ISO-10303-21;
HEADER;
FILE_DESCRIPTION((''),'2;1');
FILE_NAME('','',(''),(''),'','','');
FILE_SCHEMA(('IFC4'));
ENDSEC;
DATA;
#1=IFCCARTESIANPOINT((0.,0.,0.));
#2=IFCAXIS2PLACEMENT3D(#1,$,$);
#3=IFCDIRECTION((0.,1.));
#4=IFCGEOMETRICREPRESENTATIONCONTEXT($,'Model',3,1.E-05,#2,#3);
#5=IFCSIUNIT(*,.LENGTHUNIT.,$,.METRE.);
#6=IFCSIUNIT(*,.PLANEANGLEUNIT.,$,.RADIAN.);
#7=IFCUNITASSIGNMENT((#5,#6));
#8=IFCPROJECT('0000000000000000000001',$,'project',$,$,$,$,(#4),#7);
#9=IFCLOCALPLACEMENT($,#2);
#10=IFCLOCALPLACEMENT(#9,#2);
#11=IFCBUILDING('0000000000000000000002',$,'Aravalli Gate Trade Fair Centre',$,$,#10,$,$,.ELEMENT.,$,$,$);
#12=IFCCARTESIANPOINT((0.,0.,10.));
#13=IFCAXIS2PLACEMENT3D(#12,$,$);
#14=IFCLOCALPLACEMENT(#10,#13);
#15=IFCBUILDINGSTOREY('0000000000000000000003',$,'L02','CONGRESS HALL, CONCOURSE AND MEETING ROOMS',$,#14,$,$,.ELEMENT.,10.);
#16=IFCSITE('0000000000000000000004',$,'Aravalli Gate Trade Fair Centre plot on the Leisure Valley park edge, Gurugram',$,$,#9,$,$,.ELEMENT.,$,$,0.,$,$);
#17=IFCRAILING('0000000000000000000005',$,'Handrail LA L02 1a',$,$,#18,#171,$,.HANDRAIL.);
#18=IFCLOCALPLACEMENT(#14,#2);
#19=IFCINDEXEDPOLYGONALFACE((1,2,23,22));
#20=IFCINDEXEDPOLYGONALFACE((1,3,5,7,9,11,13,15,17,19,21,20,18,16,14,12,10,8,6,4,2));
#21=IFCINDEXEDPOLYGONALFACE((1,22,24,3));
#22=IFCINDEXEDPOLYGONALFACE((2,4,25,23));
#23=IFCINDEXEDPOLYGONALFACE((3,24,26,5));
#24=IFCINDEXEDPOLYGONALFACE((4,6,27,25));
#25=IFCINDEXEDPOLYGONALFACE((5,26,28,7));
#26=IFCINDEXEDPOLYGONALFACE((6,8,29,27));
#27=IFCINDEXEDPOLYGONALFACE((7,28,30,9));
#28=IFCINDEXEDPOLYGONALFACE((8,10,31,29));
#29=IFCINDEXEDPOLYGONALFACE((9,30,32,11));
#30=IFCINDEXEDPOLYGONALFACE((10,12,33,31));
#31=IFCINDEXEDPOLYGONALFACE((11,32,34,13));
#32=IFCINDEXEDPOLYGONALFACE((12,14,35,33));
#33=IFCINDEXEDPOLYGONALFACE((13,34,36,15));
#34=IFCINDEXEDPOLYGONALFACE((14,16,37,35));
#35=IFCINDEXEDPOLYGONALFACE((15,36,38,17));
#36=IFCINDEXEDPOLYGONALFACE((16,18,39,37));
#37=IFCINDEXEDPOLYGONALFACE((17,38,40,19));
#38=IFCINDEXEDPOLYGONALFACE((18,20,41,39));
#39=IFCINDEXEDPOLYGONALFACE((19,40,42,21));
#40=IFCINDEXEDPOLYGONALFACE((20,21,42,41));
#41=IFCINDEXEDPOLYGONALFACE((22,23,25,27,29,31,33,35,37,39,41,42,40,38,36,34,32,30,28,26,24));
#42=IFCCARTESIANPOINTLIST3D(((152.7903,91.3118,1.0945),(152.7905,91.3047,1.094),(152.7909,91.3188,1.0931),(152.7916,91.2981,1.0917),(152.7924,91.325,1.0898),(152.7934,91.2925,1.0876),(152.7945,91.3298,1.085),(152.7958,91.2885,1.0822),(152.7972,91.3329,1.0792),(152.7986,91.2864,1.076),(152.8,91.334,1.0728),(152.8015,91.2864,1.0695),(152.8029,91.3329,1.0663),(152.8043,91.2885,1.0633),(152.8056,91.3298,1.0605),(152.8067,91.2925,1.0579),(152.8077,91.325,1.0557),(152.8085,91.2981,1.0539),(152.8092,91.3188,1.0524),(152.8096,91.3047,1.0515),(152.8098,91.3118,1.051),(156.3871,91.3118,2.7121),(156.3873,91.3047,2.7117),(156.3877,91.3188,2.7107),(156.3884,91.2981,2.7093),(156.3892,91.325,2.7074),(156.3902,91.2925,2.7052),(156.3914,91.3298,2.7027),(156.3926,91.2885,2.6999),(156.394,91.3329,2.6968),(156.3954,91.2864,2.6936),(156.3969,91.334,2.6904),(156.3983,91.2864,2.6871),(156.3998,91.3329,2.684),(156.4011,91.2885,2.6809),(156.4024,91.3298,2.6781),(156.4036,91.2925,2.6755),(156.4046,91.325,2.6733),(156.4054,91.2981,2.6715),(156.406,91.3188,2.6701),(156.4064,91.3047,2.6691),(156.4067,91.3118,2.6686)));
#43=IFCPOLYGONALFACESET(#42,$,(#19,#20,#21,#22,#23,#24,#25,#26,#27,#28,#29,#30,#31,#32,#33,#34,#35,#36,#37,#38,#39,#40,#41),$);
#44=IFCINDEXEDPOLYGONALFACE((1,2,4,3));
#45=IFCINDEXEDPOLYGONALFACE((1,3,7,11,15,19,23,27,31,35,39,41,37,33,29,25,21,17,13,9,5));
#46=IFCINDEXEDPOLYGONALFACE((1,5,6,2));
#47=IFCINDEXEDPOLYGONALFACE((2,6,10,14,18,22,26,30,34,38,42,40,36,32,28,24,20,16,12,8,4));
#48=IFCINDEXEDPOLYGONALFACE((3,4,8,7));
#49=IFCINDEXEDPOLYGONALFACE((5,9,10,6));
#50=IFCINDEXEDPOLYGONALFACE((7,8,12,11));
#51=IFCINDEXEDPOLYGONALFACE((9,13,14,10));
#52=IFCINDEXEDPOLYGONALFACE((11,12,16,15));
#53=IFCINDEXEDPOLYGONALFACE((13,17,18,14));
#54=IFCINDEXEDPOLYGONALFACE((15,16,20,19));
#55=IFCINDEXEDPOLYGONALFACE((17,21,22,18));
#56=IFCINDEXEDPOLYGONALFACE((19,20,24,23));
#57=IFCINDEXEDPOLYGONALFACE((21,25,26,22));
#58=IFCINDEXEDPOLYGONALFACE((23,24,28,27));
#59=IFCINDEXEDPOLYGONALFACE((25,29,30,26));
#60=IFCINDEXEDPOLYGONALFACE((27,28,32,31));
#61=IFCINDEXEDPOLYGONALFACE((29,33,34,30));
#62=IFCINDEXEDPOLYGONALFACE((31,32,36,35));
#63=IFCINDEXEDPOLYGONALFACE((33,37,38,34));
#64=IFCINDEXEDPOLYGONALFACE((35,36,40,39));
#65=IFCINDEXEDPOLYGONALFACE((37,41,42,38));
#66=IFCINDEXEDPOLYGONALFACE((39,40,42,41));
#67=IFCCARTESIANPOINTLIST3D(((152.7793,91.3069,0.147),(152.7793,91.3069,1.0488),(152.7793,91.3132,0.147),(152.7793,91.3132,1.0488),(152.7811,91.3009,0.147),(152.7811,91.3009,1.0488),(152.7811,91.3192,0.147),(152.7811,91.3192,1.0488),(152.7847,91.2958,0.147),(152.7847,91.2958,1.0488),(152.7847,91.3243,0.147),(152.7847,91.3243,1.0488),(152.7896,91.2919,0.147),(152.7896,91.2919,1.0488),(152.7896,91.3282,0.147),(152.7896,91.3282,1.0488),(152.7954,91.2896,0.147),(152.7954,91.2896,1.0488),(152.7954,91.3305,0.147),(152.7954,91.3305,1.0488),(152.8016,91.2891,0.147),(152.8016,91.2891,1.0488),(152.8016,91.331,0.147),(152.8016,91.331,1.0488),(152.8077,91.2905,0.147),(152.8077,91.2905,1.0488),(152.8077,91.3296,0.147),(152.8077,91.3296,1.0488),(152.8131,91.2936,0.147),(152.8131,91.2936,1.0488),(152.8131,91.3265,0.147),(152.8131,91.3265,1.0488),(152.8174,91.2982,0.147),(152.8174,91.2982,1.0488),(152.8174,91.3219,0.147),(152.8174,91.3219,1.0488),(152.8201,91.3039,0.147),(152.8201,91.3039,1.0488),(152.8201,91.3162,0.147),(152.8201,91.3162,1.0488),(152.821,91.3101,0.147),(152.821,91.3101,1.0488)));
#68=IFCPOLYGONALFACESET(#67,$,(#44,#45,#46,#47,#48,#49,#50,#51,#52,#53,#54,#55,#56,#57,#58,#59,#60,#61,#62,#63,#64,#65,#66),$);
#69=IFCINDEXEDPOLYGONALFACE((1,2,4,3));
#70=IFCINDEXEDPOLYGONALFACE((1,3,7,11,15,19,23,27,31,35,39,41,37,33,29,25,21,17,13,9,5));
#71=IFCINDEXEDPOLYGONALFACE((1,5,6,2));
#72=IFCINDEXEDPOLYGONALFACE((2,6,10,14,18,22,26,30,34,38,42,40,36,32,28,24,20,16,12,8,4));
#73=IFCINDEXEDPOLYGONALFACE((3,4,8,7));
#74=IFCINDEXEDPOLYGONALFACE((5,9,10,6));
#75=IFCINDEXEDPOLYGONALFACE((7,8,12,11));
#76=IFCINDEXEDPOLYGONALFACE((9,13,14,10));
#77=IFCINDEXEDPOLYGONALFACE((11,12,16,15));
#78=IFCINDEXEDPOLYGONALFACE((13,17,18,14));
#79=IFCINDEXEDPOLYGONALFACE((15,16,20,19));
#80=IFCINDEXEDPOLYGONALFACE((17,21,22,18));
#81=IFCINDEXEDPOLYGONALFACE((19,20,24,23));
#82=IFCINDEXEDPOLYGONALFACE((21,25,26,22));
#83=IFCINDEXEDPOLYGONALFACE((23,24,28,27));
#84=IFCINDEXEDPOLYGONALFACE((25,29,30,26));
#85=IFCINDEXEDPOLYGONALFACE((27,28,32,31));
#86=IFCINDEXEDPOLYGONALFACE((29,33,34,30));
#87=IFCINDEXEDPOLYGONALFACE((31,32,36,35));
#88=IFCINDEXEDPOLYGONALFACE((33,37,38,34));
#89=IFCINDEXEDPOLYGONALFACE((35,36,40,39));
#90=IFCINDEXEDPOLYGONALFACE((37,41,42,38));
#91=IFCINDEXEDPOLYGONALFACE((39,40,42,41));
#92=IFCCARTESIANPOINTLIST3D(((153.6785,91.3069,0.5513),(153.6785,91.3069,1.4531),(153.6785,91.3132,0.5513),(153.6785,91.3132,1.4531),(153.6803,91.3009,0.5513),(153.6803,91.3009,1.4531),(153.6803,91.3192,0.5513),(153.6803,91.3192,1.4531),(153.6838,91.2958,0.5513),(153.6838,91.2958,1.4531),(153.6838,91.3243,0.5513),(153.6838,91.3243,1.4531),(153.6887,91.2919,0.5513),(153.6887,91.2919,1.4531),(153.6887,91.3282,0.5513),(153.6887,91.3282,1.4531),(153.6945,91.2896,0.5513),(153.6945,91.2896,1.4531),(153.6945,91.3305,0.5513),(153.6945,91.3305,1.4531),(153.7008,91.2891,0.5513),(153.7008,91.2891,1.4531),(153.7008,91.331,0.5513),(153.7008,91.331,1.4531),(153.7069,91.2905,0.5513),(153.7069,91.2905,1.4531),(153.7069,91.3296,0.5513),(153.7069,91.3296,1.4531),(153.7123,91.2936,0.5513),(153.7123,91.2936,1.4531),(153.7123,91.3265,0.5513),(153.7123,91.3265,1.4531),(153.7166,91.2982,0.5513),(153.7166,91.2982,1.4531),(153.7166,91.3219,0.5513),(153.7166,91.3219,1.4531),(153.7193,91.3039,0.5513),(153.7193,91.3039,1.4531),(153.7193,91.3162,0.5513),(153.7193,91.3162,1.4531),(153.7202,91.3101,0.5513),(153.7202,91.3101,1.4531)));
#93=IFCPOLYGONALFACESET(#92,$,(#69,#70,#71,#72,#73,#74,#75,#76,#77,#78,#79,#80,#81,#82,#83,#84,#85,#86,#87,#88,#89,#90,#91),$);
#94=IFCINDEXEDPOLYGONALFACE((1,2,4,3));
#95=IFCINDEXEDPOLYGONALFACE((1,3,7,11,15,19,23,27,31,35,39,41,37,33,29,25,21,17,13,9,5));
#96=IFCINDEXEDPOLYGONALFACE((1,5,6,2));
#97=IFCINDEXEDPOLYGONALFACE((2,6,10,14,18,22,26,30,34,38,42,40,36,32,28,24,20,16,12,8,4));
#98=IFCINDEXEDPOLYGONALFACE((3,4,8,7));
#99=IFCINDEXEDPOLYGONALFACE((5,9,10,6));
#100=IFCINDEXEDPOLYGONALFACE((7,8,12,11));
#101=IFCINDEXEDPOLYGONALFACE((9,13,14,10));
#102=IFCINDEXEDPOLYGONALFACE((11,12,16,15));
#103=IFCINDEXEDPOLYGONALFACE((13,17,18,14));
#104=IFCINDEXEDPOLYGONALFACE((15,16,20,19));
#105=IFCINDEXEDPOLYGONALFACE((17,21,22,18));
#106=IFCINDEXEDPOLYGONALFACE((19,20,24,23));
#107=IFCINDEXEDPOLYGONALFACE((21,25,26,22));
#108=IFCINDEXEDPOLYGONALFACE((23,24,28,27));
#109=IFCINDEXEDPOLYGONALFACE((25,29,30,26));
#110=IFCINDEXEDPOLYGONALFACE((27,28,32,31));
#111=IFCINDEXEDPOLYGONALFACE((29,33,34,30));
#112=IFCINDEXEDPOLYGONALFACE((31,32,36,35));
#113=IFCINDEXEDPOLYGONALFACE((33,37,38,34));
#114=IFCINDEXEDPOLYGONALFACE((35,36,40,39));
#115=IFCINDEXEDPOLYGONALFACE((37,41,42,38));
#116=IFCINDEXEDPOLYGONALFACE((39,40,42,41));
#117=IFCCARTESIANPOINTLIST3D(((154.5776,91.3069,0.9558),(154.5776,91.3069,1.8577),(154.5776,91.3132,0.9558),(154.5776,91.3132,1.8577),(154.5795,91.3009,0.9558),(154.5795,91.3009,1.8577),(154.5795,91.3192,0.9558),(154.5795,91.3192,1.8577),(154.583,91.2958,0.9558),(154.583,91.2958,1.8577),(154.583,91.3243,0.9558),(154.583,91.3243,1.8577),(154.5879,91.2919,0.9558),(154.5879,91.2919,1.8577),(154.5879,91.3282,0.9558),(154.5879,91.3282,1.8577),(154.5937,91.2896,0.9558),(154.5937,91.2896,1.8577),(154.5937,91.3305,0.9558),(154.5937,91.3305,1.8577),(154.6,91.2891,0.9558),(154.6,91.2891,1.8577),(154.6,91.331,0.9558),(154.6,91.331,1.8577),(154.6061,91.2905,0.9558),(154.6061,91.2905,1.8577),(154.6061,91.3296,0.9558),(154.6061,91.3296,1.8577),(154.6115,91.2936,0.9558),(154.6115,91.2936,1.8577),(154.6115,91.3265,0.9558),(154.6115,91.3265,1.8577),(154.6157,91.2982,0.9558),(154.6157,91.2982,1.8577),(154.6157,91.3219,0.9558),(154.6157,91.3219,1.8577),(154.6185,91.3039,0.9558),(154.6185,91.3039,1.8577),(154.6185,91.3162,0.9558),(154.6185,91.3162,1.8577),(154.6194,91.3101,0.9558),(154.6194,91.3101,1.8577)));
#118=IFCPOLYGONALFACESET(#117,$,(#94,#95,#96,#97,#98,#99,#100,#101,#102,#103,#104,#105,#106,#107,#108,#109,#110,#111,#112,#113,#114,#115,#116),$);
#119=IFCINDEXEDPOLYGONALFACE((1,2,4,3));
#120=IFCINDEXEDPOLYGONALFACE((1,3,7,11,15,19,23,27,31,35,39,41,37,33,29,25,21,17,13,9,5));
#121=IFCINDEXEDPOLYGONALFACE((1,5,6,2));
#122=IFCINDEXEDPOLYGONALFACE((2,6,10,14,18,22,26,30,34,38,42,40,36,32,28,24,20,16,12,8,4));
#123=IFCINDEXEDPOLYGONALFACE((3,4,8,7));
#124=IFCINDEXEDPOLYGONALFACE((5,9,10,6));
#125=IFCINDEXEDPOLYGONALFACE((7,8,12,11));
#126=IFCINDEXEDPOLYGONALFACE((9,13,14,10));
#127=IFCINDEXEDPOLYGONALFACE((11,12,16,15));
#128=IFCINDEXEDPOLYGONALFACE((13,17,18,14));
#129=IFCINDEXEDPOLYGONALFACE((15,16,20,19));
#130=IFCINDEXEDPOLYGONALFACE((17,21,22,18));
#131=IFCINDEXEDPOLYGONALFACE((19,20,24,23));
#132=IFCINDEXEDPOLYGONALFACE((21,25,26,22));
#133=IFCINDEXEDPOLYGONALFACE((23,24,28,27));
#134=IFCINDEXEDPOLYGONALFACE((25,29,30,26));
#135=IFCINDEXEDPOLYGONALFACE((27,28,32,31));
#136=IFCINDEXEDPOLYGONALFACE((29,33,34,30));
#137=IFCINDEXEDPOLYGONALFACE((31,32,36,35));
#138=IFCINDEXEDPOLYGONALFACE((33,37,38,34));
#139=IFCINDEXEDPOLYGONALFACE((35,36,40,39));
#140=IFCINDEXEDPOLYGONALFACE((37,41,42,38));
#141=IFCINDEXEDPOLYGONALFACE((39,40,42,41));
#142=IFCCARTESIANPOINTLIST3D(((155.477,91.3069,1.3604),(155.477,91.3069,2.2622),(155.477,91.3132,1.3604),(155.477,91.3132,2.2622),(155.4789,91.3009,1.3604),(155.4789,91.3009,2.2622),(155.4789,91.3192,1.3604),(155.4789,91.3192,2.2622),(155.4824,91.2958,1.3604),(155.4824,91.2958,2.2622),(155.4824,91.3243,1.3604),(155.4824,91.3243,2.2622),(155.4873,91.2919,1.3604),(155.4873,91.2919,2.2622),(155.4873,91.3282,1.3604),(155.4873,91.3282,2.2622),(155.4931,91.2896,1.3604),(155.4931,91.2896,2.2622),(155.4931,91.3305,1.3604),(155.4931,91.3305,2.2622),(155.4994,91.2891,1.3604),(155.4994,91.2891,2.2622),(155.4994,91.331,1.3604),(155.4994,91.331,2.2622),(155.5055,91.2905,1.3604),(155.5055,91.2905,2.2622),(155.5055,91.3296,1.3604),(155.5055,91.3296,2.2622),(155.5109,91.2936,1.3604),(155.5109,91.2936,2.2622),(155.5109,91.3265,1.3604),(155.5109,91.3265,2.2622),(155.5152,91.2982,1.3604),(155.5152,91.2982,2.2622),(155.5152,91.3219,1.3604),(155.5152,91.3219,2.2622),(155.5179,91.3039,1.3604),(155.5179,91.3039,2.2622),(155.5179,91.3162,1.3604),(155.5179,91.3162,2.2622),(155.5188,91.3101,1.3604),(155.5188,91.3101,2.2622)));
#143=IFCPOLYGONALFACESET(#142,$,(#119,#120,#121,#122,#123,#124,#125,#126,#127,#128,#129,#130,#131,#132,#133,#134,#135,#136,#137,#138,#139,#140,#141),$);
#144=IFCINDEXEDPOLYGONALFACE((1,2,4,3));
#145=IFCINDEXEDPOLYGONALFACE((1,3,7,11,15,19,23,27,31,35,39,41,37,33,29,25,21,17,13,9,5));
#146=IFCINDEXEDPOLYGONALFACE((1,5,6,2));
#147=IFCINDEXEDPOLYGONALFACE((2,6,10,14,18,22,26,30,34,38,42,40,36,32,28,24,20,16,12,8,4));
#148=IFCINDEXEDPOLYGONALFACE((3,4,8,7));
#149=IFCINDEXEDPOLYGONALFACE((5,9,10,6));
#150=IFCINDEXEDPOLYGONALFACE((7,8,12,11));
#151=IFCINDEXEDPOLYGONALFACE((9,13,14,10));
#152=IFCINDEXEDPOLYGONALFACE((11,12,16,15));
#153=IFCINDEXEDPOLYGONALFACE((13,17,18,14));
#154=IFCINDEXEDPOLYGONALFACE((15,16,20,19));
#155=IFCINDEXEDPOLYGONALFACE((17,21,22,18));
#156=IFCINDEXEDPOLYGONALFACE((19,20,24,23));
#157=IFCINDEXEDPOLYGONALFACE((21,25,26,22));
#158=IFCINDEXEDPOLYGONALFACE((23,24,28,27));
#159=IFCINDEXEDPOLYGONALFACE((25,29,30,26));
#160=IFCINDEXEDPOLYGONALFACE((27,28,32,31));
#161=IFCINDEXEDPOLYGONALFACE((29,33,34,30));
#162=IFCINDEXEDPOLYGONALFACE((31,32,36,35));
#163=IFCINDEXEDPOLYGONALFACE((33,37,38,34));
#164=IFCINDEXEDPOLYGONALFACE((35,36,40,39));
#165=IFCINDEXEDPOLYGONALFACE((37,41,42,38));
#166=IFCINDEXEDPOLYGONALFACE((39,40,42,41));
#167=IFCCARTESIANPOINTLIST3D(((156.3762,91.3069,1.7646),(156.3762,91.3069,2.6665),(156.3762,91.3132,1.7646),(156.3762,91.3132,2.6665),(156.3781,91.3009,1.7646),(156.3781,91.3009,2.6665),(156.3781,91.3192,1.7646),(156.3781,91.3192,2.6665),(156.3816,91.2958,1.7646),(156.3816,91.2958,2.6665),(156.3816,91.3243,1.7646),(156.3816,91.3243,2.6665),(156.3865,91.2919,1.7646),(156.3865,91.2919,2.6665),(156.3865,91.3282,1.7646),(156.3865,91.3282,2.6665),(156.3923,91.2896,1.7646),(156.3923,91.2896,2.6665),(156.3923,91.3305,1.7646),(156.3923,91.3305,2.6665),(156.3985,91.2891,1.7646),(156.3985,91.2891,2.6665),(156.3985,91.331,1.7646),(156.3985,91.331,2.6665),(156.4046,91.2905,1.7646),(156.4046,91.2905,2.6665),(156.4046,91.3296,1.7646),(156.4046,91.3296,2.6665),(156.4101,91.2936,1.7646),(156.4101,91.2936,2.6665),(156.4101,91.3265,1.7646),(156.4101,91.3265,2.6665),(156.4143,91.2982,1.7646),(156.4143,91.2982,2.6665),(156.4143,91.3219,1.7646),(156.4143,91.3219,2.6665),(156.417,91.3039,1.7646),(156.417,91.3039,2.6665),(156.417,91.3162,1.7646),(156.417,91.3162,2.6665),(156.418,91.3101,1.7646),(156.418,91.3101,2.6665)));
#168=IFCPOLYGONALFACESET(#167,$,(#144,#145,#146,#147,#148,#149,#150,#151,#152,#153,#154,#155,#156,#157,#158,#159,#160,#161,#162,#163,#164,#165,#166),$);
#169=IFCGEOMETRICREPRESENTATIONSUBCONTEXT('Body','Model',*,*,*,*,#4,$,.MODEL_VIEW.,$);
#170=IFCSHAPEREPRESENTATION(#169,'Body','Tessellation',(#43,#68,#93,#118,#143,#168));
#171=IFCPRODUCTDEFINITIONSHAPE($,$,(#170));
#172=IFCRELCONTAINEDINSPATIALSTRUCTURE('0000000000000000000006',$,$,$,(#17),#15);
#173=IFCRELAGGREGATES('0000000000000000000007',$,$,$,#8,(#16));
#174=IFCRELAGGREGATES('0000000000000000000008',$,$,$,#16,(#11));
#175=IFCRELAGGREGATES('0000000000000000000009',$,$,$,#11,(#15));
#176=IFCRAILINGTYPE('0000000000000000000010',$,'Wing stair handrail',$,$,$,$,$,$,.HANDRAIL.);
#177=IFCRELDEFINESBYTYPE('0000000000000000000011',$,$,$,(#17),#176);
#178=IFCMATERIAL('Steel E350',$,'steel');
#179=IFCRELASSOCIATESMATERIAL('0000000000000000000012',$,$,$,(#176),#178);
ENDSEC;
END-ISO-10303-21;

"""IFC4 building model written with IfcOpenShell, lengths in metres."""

from ifc_helpers import new_model, si_unit, direction, frame, origin, origin_2d, place, context, subcontext, project, spatial, circle, extrude, material, type_object, element, save


model = new_model("IFC4")

# Units and contexts
model_context = context("Model", 3, precision=1e-05, world=origin(), true_north=direction((0.0, 1.0)))
body_context = subcontext(model_context, "Body", "Model", "MODEL_VIEW")
ifc_project = project(units=[si_unit("LENGTHUNIT", "METRE"), si_unit("PLANEANGLEUNIT", "RADIAN")], contexts=[model_context])

# Site, building, storey
site_placement = place(None, origin())
site = spatial("IfcSite", under=ifc_project, at=site_placement, Name="Aravalli Gate Trade Fair Centre plot on the Leisure Valley park edge, Gurugram", CompositionType="ELEMENT", RefElevation=0.0)
building_placement = place(site_placement, origin())
building = spatial("IfcBuilding", under=site, at=building_placement, Name="Aravalli Gate Trade Fair Centre", CompositionType="ELEMENT")
storey_placement = place(building_placement, frame((0.0, 0.0, 10.0)))
storey = spatial("IfcBuildingStorey", under=building, at=storey_placement, Name="L02", Description="CONGRESS HALL, CONCOURSE AND MEETING ROOMS", CompositionType="ELEMENT", Elevation=10.0)

# Shared definitions
ifc_material_1 = material(Name="Steel E350", Category="steel")

# Railing
railing_type_1 = type_object("IfcRailingType", Name="Wing stair handrail", PredefinedType="HANDRAIL", material=ifc_material_1)
for number, where, name in (
    (1, (152.8, 91.3101, 0.147), "Handrail LA L02 1a"),
):
    element("IfcRailing", number, at=place(storey_placement, frame(where)), inside=storey, type_object=railing_type_1, Name=name, PredefinedType="HANDRAIL", context=body_context, shape_type="SweptSolid", body=[
        extrude(circle(Radius=0.0239, at=origin_2d()), frame((0.0, 0.0, 0.9258), z_axis=(0.912011, 0.0, 0.410166), x_axis=(0.0, 1.0, 0.0)), (0.0, 0.0, 1.0), 3.9438),
        extrude(circle(Radius=0.021, at=origin_2d()), origin(), (0.0, 0.0, 1.0), 0.9019),
        extrude(circle(Radius=0.021, at=origin_2d()), frame((0.8992, 0.0, 0.4043)), (0.0, 0.0, 1.0), 0.9019),
        extrude(circle(Radius=0.021, at=origin_2d()), frame((1.7983, 0.0, 0.8088)), (0.0, 0.0, 1.0), 0.9019),
        extrude(circle(Radius=0.021, at=origin_2d()), frame((2.6978, 0.0, 1.2134)), (0.0, 0.0, 1.0), 0.9019),
        extrude(circle(Radius=0.021, at=origin_2d()), frame((3.5969, 0.0, 1.6177)), (0.0, 0.0, 1.0), 0.9019),
    ])

save(model, "model.ifc")
